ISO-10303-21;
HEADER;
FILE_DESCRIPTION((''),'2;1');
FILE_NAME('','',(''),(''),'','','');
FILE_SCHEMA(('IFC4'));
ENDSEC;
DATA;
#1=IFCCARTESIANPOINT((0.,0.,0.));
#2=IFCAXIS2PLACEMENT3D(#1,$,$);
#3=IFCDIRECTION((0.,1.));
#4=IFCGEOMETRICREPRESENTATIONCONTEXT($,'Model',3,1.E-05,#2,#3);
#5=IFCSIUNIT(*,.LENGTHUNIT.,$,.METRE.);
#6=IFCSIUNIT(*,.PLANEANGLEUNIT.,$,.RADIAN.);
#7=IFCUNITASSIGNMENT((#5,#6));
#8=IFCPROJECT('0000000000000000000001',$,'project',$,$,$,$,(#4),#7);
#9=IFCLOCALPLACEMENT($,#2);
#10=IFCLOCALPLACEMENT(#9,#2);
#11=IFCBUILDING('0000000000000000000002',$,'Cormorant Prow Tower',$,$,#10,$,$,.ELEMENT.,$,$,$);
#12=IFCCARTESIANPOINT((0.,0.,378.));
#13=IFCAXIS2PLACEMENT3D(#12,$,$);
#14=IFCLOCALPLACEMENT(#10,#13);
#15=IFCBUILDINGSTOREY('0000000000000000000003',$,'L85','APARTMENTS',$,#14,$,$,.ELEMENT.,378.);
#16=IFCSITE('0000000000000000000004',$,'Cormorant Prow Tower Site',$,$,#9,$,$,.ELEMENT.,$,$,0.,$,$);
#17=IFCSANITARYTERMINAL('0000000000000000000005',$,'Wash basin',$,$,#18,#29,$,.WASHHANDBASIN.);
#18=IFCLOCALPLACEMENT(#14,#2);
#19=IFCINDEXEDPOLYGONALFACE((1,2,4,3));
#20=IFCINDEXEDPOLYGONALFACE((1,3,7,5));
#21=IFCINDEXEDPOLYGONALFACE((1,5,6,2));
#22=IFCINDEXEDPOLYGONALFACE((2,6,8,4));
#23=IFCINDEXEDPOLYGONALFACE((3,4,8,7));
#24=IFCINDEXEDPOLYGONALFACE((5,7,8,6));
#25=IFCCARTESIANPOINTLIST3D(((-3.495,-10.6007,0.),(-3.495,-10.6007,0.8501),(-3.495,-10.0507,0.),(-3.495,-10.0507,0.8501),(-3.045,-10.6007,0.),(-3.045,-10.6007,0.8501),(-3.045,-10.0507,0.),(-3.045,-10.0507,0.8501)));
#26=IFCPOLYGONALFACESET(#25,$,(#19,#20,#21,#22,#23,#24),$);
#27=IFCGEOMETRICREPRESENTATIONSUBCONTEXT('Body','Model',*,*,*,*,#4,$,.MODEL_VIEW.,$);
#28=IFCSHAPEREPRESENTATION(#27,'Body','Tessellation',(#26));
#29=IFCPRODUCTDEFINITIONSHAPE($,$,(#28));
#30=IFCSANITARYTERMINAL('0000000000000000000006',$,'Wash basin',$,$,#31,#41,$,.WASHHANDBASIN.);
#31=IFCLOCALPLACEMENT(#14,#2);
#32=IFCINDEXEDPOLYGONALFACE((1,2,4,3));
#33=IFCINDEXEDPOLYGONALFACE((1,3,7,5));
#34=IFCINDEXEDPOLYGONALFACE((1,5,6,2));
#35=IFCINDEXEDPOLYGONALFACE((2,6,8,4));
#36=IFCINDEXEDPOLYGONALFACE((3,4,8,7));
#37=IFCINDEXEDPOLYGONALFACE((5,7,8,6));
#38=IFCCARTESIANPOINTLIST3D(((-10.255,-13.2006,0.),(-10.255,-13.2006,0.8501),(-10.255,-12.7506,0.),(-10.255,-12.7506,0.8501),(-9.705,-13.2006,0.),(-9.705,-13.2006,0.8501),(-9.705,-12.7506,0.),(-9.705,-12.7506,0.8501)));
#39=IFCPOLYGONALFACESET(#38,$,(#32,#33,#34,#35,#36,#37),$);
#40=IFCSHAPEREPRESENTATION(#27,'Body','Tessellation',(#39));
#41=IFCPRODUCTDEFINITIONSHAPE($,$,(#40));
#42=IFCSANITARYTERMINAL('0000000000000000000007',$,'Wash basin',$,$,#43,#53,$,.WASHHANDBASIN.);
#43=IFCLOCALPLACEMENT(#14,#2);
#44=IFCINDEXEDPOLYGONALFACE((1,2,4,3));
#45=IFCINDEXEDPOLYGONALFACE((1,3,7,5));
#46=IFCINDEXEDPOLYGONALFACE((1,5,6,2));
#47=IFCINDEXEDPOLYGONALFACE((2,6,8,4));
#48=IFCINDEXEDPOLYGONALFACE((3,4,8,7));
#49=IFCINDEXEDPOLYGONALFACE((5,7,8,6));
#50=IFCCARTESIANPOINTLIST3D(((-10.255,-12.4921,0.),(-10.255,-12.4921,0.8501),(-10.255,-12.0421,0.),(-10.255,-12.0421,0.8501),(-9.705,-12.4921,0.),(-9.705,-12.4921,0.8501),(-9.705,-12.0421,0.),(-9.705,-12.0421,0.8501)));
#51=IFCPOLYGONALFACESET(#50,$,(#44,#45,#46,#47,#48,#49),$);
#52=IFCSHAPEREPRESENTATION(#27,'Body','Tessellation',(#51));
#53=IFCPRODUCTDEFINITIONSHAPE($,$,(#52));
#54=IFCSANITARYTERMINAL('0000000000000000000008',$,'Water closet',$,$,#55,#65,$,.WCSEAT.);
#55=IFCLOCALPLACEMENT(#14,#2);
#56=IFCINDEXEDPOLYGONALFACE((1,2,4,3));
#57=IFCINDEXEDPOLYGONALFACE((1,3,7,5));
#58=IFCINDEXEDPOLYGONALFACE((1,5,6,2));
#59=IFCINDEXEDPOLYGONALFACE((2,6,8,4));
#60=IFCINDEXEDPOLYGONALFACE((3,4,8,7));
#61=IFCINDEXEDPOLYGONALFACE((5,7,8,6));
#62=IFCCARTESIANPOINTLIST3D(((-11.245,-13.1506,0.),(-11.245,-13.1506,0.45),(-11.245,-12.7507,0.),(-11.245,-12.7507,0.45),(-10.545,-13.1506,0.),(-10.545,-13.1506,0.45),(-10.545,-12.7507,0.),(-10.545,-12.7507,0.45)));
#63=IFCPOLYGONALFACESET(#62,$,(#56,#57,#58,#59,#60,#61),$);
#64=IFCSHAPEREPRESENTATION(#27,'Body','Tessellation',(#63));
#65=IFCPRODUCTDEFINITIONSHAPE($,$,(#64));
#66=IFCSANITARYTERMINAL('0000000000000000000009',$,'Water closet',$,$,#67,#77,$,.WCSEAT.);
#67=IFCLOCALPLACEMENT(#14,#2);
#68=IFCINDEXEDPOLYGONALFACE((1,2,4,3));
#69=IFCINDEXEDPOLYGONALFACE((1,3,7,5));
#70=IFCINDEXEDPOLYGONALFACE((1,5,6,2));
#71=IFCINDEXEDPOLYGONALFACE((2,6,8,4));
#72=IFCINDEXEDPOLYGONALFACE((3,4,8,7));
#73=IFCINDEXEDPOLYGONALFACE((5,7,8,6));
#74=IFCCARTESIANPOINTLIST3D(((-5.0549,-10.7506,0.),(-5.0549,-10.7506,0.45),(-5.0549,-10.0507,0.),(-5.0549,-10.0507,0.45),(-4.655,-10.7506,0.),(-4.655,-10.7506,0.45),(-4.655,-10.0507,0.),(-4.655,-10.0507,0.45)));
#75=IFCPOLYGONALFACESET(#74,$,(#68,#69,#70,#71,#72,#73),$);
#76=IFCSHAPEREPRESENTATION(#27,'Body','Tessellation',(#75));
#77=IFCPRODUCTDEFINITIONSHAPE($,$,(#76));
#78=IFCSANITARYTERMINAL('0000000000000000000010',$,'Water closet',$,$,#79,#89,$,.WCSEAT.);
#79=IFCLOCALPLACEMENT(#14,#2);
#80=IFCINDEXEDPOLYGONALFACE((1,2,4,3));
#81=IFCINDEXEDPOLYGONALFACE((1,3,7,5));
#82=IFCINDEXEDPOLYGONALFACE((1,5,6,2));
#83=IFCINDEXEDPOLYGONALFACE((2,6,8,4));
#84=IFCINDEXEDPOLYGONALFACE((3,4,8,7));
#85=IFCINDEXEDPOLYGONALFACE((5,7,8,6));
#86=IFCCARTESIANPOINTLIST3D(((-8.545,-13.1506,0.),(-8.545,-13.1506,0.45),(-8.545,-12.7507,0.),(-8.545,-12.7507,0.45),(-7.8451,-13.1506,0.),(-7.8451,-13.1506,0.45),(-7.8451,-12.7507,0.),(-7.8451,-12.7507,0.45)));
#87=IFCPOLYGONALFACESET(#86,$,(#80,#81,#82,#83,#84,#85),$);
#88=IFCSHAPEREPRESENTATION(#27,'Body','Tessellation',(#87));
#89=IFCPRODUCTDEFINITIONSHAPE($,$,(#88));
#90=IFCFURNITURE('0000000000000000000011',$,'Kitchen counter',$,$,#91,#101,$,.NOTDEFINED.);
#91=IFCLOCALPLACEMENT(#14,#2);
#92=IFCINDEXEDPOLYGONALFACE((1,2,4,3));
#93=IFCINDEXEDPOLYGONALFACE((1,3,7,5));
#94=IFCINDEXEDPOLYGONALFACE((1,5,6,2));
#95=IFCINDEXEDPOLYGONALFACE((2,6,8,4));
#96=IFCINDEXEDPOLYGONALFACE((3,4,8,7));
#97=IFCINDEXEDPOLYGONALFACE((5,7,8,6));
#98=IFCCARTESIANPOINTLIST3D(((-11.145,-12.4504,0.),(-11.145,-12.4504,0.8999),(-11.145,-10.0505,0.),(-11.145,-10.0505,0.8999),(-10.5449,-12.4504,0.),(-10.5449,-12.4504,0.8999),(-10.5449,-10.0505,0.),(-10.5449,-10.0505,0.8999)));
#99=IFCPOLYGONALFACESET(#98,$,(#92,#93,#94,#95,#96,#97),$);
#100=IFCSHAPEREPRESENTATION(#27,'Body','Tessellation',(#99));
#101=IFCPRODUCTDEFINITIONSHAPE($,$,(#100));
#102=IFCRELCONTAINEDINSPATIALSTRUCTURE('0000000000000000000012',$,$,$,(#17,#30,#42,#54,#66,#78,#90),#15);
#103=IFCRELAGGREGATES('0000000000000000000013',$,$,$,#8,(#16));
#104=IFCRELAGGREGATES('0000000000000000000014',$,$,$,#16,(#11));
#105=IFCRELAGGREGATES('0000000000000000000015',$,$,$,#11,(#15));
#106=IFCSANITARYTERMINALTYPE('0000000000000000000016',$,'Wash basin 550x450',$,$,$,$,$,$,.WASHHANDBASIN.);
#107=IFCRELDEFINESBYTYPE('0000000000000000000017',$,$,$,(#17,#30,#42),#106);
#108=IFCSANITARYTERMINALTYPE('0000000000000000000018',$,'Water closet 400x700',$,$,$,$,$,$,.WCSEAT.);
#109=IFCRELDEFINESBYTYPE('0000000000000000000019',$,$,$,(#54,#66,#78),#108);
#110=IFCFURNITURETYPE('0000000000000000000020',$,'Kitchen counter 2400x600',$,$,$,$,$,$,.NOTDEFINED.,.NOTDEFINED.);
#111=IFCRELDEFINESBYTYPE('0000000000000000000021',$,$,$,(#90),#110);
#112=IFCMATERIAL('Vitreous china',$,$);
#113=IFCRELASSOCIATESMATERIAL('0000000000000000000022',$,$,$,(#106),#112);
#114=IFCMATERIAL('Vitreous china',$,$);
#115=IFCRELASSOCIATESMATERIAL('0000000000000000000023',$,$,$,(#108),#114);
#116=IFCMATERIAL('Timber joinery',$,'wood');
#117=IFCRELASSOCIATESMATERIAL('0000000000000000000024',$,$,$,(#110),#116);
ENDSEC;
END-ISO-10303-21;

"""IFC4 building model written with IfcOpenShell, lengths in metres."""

from ifc_helpers import new_model, si_unit, direction, frame, origin, origin_2d, place, context, subcontext, project, spatial, rectangle, extrude, material, type_object, element, save


model = new_model("IFC4")

# Units and contexts
model_context = context("Model", 3, precision=1e-05, world=origin(), true_north=direction((0.0, 1.0)))
body_context = subcontext(model_context, "Body", "Model", "MODEL_VIEW")
ifc_project = project(units=[si_unit("LENGTHUNIT", "METRE"), si_unit("PLANEANGLEUNIT", "RADIAN")], contexts=[model_context])

# Site, building, storey
site_placement = place(None, origin())
site = spatial("IfcSite", under=ifc_project, at=site_placement, Name="Cormorant Prow Tower Site", CompositionType="ELEMENT", RefElevation=0.0)
building_placement = place(site_placement, origin())
building = spatial("IfcBuilding", under=site, at=building_placement, Name="Cormorant Prow Tower", CompositionType="ELEMENT")
storey_placement = place(building_placement, frame((0.0, 0.0, 378.0)))
storey = spatial("IfcBuildingStorey", under=building, at=storey_placement, Name="L85", Description="APARTMENTS", CompositionType="ELEMENT", Elevation=378.0)

# Sanitary terminals
ifc_material_1 = material(Name="Vitreous china")
sanitary_terminal_type_1 = type_object("IfcSanitaryTerminalType", Name="Wash basin 550x450", PredefinedType="WASHHANDBASIN", material=ifc_material_1)
for number, where, z_axis, x_axis, name in (
    (1, (-3.27, -10.3257, 0.0), (0.0, 0.0, 1.0), (0.0, -1.0, 0.0), "Wash basin"),
    (2, (-9.98, -12.9756, 0.0), (0.0, 0.0, 1.0), (1.0, 0.0, 0.0), "Wash basin"),
    (3, (-9.98, -12.2671, 0.0), (0.0, 0.0, 1.0), (1.0, 0.0, 0.0), "Wash basin"),
):
    element("IfcSanitaryTerminal", number, at=place(storey_placement, frame(where, z_axis=z_axis, x_axis=x_axis)), inside=storey, type_object=sanitary_terminal_type_1, Name=name, PredefinedType="WASHHANDBASIN", context=body_context, shape_type="SweptSolid", body=[
        extrude(rectangle(XDim=0.55, YDim=0.45, at=origin_2d()), origin(), (0.0, 0.0, 1.0), 0.8501),
    ])
ifc_material_2 = material(Name="Vitreous china")
sanitary_terminal_type_2 = type_object("IfcSanitaryTerminalType", Name="Water closet 400x700", PredefinedType="WCSEAT", material=ifc_material_2)
for number, where, z_axis, x_axis, name in (
    (4, (-10.895, -12.9507, 0.0), (0.0, 0.0, 1.0), (0.0, -1.0, 0.0), "Water closet"),
    (5, (-4.855, -10.4006, 0.0), (0.0, 0.0, 1.0), (1.0, 0.0, 0.0), "Water closet"),
    (6, (-8.1951, -12.9507, 0.0), (0.0, 0.0, 1.0), (0.0, -1.0, 0.0), "Water closet"),
):
    element("IfcSanitaryTerminal", number, at=place(storey_placement, frame(where, z_axis=z_axis, x_axis=x_axis)), inside=storey, type_object=sanitary_terminal_type_2, Name=name, PredefinedType="WCSEAT", context=body_context, shape_type="SweptSolid", body=[
        extrude(rectangle(XDim=0.3999, YDim=0.7, at=origin_2d()), origin(), (0.0, 0.0, 1.0), 0.45),
    ])

# Furniture
ifc_material_3 = material(Name="Timber joinery", Category="wood")
furniture_type = type_object("IfcFurnitureType", Name="Kitchen counter 2400x600", AssemblyPlace="NOTDEFINED", PredefinedType="NOTDEFINED", material=ifc_material_3)
furniture_placement = place(storey_placement, frame((-10.845, -11.2505, 0.0), z_axis=(0.0, 0.0, 1.0), x_axis=(0.0, -1.0, 0.0)))
element("IfcFurniture", 7, at=furniture_placement, inside=storey, type_object=furniture_type, Name="Kitchen counter", PredefinedType="NOTDEFINED", context=body_context, shape_type="SweptSolid", body=[
    extrude(rectangle(XDim=2.3999, YDim=0.6001, at=origin_2d()), origin(), (0.0, 0.0, 1.0), 0.8999),
])

save(model, "model.ifc")
